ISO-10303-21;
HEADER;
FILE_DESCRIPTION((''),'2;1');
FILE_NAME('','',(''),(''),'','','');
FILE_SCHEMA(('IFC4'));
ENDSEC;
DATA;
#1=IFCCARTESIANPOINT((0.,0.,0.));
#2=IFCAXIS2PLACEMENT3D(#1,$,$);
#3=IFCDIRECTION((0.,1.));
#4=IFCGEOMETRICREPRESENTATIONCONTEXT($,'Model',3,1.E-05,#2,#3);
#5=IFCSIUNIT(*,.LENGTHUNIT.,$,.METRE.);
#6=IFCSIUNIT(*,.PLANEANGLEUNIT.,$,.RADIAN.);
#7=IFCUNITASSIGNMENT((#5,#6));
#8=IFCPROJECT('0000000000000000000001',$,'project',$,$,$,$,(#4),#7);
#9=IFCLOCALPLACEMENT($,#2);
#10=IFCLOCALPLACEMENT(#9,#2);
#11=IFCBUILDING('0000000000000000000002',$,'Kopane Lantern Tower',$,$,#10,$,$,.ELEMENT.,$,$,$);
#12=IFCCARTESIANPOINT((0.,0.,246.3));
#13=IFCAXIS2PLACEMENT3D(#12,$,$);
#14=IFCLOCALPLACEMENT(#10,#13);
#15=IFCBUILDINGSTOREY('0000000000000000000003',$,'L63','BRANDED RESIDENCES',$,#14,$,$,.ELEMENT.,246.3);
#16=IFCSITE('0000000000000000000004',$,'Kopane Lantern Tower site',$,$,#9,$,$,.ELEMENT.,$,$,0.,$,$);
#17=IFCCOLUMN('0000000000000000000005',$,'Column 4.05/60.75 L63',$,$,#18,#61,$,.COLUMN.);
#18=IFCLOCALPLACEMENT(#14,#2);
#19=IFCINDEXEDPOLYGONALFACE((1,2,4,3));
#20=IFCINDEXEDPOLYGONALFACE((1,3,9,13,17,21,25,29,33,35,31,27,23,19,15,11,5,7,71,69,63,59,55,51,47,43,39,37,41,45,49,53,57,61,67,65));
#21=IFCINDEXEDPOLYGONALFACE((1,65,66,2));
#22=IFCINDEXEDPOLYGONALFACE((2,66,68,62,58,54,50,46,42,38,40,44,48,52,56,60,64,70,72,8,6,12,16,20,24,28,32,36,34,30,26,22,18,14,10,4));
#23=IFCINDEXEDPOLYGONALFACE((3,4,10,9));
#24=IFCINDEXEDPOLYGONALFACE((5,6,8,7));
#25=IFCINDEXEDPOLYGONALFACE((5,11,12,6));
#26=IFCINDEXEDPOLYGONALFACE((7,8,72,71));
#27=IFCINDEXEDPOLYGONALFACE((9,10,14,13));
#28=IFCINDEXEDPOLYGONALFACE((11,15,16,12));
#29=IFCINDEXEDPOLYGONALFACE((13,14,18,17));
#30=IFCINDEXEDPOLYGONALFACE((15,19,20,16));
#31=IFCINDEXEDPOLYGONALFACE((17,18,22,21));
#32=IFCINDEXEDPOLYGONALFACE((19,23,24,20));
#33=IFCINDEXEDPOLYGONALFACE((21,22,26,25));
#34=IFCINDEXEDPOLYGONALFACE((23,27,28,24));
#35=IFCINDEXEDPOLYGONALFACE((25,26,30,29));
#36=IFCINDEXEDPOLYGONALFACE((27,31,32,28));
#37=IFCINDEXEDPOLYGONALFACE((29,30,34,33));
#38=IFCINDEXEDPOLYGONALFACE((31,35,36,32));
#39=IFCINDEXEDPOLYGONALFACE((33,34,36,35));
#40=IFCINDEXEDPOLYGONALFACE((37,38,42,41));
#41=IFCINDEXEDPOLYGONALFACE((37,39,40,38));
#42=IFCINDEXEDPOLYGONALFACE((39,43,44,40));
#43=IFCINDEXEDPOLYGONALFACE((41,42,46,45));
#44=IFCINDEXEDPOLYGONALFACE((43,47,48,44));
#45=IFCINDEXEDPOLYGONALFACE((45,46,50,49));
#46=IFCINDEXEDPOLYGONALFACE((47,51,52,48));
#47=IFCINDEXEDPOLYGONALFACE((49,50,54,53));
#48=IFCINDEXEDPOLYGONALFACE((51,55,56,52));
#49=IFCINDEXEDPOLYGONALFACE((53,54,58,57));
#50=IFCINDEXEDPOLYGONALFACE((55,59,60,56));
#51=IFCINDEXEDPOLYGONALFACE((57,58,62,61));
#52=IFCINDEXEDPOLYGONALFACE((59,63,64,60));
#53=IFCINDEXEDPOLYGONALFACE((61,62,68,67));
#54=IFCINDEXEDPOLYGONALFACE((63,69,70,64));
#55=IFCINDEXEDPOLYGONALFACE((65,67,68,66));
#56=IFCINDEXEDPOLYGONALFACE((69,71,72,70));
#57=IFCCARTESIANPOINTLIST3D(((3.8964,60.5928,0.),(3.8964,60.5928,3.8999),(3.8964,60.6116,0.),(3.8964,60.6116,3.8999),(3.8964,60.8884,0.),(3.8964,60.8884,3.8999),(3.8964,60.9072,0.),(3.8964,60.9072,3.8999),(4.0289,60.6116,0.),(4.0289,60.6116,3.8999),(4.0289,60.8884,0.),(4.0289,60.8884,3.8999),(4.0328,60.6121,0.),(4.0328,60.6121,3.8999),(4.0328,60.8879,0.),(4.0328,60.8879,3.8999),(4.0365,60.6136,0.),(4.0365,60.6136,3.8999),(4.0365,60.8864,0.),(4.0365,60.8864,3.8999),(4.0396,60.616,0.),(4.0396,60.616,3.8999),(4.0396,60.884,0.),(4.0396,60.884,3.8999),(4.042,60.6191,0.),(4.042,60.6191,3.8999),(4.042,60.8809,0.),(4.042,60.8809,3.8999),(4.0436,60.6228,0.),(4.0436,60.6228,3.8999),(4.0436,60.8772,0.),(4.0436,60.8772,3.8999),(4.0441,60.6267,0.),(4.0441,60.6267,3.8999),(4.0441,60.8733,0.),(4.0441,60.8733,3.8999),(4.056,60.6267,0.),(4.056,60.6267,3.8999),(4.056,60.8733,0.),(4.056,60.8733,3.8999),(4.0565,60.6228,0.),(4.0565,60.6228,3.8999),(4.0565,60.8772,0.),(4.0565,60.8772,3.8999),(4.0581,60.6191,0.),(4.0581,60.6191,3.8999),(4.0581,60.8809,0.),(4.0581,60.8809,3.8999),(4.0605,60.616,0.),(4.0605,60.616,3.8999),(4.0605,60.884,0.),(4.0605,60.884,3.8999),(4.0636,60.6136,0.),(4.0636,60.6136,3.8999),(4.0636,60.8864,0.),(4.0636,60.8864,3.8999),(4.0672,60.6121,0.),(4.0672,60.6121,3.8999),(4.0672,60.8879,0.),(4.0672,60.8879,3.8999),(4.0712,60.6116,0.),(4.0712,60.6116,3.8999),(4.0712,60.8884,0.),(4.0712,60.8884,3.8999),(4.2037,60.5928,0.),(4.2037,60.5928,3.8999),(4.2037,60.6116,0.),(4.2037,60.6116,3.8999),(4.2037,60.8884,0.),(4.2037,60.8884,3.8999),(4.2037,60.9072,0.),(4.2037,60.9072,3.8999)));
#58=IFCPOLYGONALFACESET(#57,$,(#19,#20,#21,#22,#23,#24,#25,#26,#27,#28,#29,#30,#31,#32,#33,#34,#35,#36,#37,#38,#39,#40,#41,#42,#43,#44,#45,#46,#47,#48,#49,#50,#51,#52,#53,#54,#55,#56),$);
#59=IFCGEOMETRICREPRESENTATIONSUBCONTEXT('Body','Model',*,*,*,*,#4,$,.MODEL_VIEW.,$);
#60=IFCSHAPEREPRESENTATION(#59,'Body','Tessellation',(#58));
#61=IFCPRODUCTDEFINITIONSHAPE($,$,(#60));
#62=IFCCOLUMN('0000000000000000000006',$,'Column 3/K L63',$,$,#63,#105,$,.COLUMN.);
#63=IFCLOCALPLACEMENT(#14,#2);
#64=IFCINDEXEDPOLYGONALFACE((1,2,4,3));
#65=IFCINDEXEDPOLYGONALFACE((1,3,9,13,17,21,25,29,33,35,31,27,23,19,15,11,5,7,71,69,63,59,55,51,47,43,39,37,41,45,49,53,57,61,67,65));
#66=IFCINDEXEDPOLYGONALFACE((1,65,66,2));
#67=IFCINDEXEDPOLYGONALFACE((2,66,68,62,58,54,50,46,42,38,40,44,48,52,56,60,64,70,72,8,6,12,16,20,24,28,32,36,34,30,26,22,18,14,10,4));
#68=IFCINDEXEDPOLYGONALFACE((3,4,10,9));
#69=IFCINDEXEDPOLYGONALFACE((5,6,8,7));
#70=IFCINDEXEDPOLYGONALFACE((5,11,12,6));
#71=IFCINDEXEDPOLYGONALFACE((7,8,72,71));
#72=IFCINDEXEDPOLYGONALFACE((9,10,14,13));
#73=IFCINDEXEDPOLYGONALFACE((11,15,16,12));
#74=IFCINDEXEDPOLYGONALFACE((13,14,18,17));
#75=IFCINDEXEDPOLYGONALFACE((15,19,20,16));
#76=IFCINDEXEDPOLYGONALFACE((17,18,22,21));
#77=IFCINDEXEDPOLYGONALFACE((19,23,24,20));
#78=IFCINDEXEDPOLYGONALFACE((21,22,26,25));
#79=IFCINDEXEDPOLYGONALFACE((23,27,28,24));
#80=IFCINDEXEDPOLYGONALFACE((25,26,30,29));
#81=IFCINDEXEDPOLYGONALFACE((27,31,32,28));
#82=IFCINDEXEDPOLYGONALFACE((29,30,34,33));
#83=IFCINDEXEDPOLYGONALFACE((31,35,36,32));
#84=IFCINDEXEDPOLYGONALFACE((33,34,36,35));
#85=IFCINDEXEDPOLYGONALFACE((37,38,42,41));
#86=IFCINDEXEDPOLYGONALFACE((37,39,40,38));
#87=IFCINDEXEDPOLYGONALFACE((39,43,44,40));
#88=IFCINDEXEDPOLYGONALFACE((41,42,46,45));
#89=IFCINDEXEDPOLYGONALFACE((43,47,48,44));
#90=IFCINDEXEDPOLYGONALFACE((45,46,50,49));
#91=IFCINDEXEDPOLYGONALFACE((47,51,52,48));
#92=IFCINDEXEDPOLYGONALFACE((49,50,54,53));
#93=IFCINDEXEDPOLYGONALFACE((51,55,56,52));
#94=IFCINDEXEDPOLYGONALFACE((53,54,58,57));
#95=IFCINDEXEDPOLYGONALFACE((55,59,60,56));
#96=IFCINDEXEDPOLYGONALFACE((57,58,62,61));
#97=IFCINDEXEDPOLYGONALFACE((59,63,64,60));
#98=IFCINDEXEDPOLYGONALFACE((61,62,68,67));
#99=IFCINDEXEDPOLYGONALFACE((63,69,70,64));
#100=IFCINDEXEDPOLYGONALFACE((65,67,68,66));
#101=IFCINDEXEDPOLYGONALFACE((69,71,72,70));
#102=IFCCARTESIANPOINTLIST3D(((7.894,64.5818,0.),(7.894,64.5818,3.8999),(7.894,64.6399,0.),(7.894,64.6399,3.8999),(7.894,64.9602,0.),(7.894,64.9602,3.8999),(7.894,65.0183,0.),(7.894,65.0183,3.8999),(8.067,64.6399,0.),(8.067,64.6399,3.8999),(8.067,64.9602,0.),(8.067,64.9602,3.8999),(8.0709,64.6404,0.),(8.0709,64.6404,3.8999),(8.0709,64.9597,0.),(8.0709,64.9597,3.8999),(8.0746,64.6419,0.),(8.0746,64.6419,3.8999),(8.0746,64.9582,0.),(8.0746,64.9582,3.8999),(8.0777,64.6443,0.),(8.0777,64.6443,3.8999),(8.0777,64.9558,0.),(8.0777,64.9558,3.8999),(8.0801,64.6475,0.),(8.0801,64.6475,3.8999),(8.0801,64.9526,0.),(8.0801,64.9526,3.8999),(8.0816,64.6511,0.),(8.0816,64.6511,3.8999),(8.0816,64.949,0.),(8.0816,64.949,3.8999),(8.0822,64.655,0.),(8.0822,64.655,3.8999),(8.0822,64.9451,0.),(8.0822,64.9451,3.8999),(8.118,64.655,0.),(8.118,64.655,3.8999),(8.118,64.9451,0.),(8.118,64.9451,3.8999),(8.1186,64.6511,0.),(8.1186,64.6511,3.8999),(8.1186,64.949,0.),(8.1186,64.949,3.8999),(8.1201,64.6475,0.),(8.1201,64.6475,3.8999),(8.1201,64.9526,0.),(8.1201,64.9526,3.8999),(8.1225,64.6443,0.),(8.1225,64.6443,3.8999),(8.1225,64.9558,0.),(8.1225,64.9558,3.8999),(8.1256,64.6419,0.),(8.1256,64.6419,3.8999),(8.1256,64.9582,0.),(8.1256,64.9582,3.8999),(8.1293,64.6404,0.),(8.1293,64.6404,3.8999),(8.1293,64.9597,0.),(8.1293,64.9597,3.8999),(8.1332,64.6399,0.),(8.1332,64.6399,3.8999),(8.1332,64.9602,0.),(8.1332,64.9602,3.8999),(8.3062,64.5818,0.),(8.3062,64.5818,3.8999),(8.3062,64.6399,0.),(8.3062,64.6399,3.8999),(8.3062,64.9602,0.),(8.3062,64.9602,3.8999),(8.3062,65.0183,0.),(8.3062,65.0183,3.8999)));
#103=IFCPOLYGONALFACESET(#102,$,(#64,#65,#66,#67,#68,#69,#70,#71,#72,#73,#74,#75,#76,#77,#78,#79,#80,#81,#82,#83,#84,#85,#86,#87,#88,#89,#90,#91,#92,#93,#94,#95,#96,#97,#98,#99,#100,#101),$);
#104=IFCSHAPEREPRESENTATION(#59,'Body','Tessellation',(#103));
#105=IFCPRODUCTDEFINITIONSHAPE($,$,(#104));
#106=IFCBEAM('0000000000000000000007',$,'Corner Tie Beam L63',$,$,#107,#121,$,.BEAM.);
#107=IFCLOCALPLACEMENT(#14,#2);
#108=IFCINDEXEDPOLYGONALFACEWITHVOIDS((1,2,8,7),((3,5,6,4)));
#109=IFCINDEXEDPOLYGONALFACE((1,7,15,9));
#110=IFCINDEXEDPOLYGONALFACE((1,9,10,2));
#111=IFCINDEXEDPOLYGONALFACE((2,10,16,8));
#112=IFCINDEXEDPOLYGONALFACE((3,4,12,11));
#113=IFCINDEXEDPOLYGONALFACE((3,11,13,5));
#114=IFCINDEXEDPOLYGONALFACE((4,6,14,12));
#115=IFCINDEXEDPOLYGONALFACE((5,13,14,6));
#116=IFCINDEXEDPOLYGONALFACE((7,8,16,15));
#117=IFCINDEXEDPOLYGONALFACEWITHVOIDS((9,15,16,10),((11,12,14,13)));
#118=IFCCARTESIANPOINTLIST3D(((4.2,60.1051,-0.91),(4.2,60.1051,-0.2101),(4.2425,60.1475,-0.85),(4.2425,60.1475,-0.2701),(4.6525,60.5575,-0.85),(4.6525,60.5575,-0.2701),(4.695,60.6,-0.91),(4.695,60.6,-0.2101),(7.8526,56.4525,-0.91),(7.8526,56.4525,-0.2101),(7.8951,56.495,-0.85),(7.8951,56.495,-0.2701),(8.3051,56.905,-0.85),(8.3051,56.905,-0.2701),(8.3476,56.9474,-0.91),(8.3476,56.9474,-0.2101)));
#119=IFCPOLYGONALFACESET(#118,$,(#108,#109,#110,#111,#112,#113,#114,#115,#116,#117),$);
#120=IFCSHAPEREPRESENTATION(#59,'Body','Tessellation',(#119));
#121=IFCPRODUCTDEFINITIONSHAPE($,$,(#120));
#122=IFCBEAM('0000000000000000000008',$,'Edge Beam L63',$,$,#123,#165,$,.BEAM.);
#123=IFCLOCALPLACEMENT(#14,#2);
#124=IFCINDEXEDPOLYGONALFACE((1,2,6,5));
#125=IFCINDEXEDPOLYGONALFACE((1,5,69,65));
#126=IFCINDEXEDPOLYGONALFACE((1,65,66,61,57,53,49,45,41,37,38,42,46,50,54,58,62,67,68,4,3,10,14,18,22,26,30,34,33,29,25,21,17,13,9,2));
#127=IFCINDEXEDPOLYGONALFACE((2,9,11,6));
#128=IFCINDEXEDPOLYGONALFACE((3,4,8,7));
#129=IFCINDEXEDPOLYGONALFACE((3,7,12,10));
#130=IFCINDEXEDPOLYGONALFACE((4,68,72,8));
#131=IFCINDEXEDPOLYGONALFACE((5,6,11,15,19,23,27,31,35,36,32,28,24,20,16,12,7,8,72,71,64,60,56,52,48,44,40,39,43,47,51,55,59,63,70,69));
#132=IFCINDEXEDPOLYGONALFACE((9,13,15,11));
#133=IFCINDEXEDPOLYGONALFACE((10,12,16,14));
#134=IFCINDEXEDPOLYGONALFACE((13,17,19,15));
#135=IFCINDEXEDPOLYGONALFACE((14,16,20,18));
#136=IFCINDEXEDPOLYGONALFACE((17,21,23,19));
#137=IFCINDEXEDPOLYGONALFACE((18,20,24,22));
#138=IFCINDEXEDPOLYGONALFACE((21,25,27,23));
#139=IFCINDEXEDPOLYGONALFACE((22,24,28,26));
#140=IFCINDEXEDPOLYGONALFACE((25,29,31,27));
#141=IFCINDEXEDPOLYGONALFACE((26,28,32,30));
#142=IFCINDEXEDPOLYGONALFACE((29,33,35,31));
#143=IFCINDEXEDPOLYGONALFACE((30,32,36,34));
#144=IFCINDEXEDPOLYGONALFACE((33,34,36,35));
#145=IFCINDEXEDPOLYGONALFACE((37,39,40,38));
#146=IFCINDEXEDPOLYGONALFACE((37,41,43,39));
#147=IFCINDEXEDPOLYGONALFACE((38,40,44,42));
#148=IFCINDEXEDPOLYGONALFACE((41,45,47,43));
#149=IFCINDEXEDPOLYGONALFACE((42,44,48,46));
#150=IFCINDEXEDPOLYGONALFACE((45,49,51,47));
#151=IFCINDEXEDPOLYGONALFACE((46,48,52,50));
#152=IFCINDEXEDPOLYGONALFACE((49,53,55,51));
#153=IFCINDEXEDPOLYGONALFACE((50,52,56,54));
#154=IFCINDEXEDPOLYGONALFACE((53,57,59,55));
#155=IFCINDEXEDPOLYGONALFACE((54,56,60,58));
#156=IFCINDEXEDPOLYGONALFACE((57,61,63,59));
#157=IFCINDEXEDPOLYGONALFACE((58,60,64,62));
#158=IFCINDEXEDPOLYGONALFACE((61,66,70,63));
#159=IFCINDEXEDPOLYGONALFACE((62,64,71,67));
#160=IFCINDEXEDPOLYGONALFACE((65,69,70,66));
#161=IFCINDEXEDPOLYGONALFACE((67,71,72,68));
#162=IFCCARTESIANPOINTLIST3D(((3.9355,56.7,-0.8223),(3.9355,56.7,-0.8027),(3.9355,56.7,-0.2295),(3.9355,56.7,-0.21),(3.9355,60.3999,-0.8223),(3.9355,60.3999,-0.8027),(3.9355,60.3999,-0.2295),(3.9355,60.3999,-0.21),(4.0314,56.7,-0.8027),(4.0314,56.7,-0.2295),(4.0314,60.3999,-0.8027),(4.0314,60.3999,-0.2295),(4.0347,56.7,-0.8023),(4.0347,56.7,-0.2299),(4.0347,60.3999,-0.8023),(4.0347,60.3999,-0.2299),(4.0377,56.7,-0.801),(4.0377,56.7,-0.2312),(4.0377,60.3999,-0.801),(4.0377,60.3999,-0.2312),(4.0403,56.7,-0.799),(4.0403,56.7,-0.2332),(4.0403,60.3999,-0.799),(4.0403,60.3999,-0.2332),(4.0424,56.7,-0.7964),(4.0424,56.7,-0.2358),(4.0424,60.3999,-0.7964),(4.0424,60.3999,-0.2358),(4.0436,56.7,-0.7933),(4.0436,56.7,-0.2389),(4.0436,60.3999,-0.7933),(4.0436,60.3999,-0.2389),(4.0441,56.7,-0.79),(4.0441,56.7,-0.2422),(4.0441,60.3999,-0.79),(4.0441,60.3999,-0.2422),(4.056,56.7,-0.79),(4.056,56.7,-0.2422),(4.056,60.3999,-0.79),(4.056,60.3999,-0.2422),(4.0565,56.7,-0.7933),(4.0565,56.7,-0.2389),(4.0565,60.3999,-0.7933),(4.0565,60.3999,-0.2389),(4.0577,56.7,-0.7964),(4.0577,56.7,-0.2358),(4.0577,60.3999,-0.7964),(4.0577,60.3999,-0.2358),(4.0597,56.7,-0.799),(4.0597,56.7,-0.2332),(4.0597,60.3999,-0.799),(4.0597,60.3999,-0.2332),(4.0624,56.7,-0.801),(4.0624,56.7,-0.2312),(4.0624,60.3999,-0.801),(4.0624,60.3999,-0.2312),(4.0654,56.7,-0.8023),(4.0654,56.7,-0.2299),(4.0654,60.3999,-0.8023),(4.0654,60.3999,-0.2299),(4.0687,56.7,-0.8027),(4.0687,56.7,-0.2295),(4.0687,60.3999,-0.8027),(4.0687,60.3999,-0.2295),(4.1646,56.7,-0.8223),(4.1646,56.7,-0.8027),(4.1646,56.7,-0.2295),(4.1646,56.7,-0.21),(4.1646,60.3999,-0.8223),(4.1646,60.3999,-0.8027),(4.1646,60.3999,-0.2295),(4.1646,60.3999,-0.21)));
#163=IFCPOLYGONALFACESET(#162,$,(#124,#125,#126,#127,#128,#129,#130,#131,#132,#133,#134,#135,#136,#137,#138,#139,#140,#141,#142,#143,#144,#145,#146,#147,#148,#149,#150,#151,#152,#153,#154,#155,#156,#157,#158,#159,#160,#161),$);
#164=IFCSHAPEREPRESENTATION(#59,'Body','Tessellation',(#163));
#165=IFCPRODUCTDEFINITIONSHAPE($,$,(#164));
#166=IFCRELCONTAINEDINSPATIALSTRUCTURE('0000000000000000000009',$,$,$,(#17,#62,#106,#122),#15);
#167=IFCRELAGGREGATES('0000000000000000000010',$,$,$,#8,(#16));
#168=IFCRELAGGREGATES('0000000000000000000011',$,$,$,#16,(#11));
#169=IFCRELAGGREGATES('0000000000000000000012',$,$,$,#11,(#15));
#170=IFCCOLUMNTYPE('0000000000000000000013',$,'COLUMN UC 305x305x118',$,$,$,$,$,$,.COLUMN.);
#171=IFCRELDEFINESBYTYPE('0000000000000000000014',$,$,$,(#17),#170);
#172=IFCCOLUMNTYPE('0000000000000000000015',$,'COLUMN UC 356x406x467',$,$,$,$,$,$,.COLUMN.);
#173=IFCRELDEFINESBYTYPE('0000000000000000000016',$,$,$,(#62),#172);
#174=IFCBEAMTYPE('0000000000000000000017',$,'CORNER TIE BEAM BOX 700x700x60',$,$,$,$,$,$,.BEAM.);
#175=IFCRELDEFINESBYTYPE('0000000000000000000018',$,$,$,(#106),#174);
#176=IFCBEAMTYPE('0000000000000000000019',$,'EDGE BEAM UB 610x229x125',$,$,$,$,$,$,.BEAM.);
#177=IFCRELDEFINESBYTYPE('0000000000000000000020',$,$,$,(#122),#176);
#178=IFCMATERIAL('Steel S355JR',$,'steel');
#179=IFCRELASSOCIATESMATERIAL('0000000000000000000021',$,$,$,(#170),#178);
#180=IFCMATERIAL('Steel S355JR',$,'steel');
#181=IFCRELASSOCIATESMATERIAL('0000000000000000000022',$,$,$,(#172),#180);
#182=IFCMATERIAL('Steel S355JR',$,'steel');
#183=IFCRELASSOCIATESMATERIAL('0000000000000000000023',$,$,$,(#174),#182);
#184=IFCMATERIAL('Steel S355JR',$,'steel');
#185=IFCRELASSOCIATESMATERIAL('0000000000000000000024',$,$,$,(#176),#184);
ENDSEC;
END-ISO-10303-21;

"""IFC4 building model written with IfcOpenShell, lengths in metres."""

from ifc_helpers import new_model, si_unit, direction, frame, origin, origin_2d, place, context, subcontext, project, spatial, hollow_rectangle, i_section, extrude, material, material_profile, profile_set, type_object, element, save


model = new_model("IFC4")

# Units and contexts
model_context = context("Model", 3, precision=1e-05, world=origin(), true_north=direction((0.0, 1.0)))
body_context = subcontext(model_context, "Body", "Model", "MODEL_VIEW")
ifc_project = project(units=[si_unit("LENGTHUNIT", "METRE"), si_unit("PLANEANGLEUNIT", "RADIAN")], contexts=[model_context])

# Site, building, storey
site_placement = place(None, origin())
site = spatial("IfcSite", under=ifc_project, at=site_placement, Name="Kopane Lantern Tower site", CompositionType="ELEMENT", RefElevation=0.0)
building_placement = place(site_placement, origin())
building = spatial("IfcBuilding", under=site, at=building_placement, Name="Kopane Lantern Tower", CompositionType="ELEMENT")
storey_placement = place(building_placement, frame((0.0, 0.0, 246.3)))
storey = spatial("IfcBuildingStorey", under=building, at=storey_placement, Name="L63", Description="BRANDED RESIDENCES", CompositionType="ELEMENT", Elevation=246.3)

# Columns
ifc_material_1 = material(Name="Steel S355JR", Category="steel")
ifc_material_profile_1 = material_profile(ifc_material_1, i_section(OverallWidth=0.3074, OverallDepth=0.3145, WebThickness=0.012, FlangeThickness=0.0188, FilletRadius=0.0151, at=origin_2d()), Name="UC 305x305x118")
ifc_profile_set_1 = profile_set([ifc_material_profile_1], Name="Steel S355JR")
column_type_1 = type_object("IfcColumnType", Name="COLUMN UC 305x305x118", PredefinedType="COLUMN", material=ifc_profile_set_1)
column_1_placement = place(storey_placement, frame((4.05, 60.75, 0.0), z_axis=(0.0, 0.0, 1.0), x_axis=(1.0, 0.0, 0.0)))
element("IfcColumn", 1, at=column_1_placement, inside=storey, type_object=column_type_1, Name="Column 4.05/60.75 L63", PredefinedType="COLUMN", context=body_context, shape_type="SweptSolid", body=[
    extrude(i_section(OverallWidth=0.3074, OverallDepth=0.3145, WebThickness=0.012, FlangeThickness=0.0188, FilletRadius=0.0151, at=origin_2d()), origin(), (0.0, 0.0, 1.0), 3.8999),
])
ifc_material_2 = material(Name="Steel S355JR", Category="steel")
ifc_material_profile_2 = material_profile(ifc_material_2, i_section(OverallWidth=0.4121, OverallDepth=0.4365, WebThickness=0.0359, FlangeThickness=0.0581, FilletRadius=0.0151, at=origin_2d()), Name="UC 356x406x467")
ifc_profile_set_2 = profile_set([ifc_material_profile_2], Name="Steel S355JR")
column_type_2 = type_object("IfcColumnType", Name="COLUMN UC 356x406x467", PredefinedType="COLUMN", material=ifc_profile_set_2)
column_2_placement = place(storey_placement, frame((8.1001, 64.8, 0.0), z_axis=(0.0, 0.0, 1.0), x_axis=(1.0, 0.0, 0.0)))
element("IfcColumn", 2, at=column_2_placement, inside=storey, type_object=column_type_2, Name="Column 3/K L63", PredefinedType="COLUMN", context=body_context, shape_type="SweptSolid", body=[
    extrude(i_section(OverallWidth=0.4121, OverallDepth=0.4365, WebThickness=0.0359, FlangeThickness=0.0581, FilletRadius=0.0151, at=origin_2d()), origin(), (0.0, 0.0, 1.0), 3.8999),
])

# Beams
ifc_material_3 = material(Name="Steel S355JR", Category="steel")
ifc_material_profile_3 = material_profile(ifc_material_3, hollow_rectangle(XDim=0.7, YDim=0.7, WallThickness=0.0601, at=origin_2d()), Name="BOX 700x700x60")
ifc_profile_set_3 = profile_set([ifc_material_profile_3], Name="Steel S355JR")
beam_type_1 = type_object("IfcBeamType", Name="CORNER TIE BEAM BOX 700x700x60", PredefinedType="BEAM", material=ifc_profile_set_3)
beam_1_placement = place(storey_placement, frame((4.4475, 60.3525, -0.5601), z_axis=(0.707107, -0.707107, 0.0), x_axis=(0.707107, 0.707107, 0.0)))
element("IfcBeam", 3, at=beam_1_placement, inside=storey, type_object=beam_type_1, Name="Corner Tie Beam L63", PredefinedType="BEAM", context=body_context, shape_type="SweptSolid", body=[
    extrude(hollow_rectangle(XDim=0.7, YDim=0.7, WallThickness=0.0601, at=origin_2d()), origin(), (0.0, 0.0, 1.0), 5.1655),
])
ifc_material_4 = material(Name="Steel S355JR", Category="steel")
ifc_material_profile_4 = material_profile(ifc_material_4, i_section(OverallWidth=0.229, OverallDepth=0.6123, WebThickness=0.012, FlangeThickness=0.0195, FilletRadius=0.0127, at=origin_2d()), Name="UB 610x229x125")
ifc_profile_set_4 = profile_set([ifc_material_profile_4], Name="Steel S355JR")
beam_type_2 = type_object("IfcBeamType", Name="EDGE BEAM UB 610x229x125", PredefinedType="BEAM", material=ifc_profile_set_4)
beam_2_placement = place(storey_placement, frame((4.05, 60.3999, -0.5161), z_axis=(0.0, -1.0, 0.0), x_axis=(1.0, 0.0, 0.0)))
element("IfcBeam", 4, at=beam_2_placement, inside=storey, type_object=beam_type_2, Name="Edge Beam L63", PredefinedType="BEAM", context=body_context, shape_type="SweptSolid", body=[
    extrude(i_section(OverallWidth=0.229, OverallDepth=0.6123, WebThickness=0.012, FlangeThickness=0.0195, FilletRadius=0.0127, at=origin_2d()), origin(), (0.0, 0.0, 1.0), 3.7),
])

save(model, "model.ifc")
